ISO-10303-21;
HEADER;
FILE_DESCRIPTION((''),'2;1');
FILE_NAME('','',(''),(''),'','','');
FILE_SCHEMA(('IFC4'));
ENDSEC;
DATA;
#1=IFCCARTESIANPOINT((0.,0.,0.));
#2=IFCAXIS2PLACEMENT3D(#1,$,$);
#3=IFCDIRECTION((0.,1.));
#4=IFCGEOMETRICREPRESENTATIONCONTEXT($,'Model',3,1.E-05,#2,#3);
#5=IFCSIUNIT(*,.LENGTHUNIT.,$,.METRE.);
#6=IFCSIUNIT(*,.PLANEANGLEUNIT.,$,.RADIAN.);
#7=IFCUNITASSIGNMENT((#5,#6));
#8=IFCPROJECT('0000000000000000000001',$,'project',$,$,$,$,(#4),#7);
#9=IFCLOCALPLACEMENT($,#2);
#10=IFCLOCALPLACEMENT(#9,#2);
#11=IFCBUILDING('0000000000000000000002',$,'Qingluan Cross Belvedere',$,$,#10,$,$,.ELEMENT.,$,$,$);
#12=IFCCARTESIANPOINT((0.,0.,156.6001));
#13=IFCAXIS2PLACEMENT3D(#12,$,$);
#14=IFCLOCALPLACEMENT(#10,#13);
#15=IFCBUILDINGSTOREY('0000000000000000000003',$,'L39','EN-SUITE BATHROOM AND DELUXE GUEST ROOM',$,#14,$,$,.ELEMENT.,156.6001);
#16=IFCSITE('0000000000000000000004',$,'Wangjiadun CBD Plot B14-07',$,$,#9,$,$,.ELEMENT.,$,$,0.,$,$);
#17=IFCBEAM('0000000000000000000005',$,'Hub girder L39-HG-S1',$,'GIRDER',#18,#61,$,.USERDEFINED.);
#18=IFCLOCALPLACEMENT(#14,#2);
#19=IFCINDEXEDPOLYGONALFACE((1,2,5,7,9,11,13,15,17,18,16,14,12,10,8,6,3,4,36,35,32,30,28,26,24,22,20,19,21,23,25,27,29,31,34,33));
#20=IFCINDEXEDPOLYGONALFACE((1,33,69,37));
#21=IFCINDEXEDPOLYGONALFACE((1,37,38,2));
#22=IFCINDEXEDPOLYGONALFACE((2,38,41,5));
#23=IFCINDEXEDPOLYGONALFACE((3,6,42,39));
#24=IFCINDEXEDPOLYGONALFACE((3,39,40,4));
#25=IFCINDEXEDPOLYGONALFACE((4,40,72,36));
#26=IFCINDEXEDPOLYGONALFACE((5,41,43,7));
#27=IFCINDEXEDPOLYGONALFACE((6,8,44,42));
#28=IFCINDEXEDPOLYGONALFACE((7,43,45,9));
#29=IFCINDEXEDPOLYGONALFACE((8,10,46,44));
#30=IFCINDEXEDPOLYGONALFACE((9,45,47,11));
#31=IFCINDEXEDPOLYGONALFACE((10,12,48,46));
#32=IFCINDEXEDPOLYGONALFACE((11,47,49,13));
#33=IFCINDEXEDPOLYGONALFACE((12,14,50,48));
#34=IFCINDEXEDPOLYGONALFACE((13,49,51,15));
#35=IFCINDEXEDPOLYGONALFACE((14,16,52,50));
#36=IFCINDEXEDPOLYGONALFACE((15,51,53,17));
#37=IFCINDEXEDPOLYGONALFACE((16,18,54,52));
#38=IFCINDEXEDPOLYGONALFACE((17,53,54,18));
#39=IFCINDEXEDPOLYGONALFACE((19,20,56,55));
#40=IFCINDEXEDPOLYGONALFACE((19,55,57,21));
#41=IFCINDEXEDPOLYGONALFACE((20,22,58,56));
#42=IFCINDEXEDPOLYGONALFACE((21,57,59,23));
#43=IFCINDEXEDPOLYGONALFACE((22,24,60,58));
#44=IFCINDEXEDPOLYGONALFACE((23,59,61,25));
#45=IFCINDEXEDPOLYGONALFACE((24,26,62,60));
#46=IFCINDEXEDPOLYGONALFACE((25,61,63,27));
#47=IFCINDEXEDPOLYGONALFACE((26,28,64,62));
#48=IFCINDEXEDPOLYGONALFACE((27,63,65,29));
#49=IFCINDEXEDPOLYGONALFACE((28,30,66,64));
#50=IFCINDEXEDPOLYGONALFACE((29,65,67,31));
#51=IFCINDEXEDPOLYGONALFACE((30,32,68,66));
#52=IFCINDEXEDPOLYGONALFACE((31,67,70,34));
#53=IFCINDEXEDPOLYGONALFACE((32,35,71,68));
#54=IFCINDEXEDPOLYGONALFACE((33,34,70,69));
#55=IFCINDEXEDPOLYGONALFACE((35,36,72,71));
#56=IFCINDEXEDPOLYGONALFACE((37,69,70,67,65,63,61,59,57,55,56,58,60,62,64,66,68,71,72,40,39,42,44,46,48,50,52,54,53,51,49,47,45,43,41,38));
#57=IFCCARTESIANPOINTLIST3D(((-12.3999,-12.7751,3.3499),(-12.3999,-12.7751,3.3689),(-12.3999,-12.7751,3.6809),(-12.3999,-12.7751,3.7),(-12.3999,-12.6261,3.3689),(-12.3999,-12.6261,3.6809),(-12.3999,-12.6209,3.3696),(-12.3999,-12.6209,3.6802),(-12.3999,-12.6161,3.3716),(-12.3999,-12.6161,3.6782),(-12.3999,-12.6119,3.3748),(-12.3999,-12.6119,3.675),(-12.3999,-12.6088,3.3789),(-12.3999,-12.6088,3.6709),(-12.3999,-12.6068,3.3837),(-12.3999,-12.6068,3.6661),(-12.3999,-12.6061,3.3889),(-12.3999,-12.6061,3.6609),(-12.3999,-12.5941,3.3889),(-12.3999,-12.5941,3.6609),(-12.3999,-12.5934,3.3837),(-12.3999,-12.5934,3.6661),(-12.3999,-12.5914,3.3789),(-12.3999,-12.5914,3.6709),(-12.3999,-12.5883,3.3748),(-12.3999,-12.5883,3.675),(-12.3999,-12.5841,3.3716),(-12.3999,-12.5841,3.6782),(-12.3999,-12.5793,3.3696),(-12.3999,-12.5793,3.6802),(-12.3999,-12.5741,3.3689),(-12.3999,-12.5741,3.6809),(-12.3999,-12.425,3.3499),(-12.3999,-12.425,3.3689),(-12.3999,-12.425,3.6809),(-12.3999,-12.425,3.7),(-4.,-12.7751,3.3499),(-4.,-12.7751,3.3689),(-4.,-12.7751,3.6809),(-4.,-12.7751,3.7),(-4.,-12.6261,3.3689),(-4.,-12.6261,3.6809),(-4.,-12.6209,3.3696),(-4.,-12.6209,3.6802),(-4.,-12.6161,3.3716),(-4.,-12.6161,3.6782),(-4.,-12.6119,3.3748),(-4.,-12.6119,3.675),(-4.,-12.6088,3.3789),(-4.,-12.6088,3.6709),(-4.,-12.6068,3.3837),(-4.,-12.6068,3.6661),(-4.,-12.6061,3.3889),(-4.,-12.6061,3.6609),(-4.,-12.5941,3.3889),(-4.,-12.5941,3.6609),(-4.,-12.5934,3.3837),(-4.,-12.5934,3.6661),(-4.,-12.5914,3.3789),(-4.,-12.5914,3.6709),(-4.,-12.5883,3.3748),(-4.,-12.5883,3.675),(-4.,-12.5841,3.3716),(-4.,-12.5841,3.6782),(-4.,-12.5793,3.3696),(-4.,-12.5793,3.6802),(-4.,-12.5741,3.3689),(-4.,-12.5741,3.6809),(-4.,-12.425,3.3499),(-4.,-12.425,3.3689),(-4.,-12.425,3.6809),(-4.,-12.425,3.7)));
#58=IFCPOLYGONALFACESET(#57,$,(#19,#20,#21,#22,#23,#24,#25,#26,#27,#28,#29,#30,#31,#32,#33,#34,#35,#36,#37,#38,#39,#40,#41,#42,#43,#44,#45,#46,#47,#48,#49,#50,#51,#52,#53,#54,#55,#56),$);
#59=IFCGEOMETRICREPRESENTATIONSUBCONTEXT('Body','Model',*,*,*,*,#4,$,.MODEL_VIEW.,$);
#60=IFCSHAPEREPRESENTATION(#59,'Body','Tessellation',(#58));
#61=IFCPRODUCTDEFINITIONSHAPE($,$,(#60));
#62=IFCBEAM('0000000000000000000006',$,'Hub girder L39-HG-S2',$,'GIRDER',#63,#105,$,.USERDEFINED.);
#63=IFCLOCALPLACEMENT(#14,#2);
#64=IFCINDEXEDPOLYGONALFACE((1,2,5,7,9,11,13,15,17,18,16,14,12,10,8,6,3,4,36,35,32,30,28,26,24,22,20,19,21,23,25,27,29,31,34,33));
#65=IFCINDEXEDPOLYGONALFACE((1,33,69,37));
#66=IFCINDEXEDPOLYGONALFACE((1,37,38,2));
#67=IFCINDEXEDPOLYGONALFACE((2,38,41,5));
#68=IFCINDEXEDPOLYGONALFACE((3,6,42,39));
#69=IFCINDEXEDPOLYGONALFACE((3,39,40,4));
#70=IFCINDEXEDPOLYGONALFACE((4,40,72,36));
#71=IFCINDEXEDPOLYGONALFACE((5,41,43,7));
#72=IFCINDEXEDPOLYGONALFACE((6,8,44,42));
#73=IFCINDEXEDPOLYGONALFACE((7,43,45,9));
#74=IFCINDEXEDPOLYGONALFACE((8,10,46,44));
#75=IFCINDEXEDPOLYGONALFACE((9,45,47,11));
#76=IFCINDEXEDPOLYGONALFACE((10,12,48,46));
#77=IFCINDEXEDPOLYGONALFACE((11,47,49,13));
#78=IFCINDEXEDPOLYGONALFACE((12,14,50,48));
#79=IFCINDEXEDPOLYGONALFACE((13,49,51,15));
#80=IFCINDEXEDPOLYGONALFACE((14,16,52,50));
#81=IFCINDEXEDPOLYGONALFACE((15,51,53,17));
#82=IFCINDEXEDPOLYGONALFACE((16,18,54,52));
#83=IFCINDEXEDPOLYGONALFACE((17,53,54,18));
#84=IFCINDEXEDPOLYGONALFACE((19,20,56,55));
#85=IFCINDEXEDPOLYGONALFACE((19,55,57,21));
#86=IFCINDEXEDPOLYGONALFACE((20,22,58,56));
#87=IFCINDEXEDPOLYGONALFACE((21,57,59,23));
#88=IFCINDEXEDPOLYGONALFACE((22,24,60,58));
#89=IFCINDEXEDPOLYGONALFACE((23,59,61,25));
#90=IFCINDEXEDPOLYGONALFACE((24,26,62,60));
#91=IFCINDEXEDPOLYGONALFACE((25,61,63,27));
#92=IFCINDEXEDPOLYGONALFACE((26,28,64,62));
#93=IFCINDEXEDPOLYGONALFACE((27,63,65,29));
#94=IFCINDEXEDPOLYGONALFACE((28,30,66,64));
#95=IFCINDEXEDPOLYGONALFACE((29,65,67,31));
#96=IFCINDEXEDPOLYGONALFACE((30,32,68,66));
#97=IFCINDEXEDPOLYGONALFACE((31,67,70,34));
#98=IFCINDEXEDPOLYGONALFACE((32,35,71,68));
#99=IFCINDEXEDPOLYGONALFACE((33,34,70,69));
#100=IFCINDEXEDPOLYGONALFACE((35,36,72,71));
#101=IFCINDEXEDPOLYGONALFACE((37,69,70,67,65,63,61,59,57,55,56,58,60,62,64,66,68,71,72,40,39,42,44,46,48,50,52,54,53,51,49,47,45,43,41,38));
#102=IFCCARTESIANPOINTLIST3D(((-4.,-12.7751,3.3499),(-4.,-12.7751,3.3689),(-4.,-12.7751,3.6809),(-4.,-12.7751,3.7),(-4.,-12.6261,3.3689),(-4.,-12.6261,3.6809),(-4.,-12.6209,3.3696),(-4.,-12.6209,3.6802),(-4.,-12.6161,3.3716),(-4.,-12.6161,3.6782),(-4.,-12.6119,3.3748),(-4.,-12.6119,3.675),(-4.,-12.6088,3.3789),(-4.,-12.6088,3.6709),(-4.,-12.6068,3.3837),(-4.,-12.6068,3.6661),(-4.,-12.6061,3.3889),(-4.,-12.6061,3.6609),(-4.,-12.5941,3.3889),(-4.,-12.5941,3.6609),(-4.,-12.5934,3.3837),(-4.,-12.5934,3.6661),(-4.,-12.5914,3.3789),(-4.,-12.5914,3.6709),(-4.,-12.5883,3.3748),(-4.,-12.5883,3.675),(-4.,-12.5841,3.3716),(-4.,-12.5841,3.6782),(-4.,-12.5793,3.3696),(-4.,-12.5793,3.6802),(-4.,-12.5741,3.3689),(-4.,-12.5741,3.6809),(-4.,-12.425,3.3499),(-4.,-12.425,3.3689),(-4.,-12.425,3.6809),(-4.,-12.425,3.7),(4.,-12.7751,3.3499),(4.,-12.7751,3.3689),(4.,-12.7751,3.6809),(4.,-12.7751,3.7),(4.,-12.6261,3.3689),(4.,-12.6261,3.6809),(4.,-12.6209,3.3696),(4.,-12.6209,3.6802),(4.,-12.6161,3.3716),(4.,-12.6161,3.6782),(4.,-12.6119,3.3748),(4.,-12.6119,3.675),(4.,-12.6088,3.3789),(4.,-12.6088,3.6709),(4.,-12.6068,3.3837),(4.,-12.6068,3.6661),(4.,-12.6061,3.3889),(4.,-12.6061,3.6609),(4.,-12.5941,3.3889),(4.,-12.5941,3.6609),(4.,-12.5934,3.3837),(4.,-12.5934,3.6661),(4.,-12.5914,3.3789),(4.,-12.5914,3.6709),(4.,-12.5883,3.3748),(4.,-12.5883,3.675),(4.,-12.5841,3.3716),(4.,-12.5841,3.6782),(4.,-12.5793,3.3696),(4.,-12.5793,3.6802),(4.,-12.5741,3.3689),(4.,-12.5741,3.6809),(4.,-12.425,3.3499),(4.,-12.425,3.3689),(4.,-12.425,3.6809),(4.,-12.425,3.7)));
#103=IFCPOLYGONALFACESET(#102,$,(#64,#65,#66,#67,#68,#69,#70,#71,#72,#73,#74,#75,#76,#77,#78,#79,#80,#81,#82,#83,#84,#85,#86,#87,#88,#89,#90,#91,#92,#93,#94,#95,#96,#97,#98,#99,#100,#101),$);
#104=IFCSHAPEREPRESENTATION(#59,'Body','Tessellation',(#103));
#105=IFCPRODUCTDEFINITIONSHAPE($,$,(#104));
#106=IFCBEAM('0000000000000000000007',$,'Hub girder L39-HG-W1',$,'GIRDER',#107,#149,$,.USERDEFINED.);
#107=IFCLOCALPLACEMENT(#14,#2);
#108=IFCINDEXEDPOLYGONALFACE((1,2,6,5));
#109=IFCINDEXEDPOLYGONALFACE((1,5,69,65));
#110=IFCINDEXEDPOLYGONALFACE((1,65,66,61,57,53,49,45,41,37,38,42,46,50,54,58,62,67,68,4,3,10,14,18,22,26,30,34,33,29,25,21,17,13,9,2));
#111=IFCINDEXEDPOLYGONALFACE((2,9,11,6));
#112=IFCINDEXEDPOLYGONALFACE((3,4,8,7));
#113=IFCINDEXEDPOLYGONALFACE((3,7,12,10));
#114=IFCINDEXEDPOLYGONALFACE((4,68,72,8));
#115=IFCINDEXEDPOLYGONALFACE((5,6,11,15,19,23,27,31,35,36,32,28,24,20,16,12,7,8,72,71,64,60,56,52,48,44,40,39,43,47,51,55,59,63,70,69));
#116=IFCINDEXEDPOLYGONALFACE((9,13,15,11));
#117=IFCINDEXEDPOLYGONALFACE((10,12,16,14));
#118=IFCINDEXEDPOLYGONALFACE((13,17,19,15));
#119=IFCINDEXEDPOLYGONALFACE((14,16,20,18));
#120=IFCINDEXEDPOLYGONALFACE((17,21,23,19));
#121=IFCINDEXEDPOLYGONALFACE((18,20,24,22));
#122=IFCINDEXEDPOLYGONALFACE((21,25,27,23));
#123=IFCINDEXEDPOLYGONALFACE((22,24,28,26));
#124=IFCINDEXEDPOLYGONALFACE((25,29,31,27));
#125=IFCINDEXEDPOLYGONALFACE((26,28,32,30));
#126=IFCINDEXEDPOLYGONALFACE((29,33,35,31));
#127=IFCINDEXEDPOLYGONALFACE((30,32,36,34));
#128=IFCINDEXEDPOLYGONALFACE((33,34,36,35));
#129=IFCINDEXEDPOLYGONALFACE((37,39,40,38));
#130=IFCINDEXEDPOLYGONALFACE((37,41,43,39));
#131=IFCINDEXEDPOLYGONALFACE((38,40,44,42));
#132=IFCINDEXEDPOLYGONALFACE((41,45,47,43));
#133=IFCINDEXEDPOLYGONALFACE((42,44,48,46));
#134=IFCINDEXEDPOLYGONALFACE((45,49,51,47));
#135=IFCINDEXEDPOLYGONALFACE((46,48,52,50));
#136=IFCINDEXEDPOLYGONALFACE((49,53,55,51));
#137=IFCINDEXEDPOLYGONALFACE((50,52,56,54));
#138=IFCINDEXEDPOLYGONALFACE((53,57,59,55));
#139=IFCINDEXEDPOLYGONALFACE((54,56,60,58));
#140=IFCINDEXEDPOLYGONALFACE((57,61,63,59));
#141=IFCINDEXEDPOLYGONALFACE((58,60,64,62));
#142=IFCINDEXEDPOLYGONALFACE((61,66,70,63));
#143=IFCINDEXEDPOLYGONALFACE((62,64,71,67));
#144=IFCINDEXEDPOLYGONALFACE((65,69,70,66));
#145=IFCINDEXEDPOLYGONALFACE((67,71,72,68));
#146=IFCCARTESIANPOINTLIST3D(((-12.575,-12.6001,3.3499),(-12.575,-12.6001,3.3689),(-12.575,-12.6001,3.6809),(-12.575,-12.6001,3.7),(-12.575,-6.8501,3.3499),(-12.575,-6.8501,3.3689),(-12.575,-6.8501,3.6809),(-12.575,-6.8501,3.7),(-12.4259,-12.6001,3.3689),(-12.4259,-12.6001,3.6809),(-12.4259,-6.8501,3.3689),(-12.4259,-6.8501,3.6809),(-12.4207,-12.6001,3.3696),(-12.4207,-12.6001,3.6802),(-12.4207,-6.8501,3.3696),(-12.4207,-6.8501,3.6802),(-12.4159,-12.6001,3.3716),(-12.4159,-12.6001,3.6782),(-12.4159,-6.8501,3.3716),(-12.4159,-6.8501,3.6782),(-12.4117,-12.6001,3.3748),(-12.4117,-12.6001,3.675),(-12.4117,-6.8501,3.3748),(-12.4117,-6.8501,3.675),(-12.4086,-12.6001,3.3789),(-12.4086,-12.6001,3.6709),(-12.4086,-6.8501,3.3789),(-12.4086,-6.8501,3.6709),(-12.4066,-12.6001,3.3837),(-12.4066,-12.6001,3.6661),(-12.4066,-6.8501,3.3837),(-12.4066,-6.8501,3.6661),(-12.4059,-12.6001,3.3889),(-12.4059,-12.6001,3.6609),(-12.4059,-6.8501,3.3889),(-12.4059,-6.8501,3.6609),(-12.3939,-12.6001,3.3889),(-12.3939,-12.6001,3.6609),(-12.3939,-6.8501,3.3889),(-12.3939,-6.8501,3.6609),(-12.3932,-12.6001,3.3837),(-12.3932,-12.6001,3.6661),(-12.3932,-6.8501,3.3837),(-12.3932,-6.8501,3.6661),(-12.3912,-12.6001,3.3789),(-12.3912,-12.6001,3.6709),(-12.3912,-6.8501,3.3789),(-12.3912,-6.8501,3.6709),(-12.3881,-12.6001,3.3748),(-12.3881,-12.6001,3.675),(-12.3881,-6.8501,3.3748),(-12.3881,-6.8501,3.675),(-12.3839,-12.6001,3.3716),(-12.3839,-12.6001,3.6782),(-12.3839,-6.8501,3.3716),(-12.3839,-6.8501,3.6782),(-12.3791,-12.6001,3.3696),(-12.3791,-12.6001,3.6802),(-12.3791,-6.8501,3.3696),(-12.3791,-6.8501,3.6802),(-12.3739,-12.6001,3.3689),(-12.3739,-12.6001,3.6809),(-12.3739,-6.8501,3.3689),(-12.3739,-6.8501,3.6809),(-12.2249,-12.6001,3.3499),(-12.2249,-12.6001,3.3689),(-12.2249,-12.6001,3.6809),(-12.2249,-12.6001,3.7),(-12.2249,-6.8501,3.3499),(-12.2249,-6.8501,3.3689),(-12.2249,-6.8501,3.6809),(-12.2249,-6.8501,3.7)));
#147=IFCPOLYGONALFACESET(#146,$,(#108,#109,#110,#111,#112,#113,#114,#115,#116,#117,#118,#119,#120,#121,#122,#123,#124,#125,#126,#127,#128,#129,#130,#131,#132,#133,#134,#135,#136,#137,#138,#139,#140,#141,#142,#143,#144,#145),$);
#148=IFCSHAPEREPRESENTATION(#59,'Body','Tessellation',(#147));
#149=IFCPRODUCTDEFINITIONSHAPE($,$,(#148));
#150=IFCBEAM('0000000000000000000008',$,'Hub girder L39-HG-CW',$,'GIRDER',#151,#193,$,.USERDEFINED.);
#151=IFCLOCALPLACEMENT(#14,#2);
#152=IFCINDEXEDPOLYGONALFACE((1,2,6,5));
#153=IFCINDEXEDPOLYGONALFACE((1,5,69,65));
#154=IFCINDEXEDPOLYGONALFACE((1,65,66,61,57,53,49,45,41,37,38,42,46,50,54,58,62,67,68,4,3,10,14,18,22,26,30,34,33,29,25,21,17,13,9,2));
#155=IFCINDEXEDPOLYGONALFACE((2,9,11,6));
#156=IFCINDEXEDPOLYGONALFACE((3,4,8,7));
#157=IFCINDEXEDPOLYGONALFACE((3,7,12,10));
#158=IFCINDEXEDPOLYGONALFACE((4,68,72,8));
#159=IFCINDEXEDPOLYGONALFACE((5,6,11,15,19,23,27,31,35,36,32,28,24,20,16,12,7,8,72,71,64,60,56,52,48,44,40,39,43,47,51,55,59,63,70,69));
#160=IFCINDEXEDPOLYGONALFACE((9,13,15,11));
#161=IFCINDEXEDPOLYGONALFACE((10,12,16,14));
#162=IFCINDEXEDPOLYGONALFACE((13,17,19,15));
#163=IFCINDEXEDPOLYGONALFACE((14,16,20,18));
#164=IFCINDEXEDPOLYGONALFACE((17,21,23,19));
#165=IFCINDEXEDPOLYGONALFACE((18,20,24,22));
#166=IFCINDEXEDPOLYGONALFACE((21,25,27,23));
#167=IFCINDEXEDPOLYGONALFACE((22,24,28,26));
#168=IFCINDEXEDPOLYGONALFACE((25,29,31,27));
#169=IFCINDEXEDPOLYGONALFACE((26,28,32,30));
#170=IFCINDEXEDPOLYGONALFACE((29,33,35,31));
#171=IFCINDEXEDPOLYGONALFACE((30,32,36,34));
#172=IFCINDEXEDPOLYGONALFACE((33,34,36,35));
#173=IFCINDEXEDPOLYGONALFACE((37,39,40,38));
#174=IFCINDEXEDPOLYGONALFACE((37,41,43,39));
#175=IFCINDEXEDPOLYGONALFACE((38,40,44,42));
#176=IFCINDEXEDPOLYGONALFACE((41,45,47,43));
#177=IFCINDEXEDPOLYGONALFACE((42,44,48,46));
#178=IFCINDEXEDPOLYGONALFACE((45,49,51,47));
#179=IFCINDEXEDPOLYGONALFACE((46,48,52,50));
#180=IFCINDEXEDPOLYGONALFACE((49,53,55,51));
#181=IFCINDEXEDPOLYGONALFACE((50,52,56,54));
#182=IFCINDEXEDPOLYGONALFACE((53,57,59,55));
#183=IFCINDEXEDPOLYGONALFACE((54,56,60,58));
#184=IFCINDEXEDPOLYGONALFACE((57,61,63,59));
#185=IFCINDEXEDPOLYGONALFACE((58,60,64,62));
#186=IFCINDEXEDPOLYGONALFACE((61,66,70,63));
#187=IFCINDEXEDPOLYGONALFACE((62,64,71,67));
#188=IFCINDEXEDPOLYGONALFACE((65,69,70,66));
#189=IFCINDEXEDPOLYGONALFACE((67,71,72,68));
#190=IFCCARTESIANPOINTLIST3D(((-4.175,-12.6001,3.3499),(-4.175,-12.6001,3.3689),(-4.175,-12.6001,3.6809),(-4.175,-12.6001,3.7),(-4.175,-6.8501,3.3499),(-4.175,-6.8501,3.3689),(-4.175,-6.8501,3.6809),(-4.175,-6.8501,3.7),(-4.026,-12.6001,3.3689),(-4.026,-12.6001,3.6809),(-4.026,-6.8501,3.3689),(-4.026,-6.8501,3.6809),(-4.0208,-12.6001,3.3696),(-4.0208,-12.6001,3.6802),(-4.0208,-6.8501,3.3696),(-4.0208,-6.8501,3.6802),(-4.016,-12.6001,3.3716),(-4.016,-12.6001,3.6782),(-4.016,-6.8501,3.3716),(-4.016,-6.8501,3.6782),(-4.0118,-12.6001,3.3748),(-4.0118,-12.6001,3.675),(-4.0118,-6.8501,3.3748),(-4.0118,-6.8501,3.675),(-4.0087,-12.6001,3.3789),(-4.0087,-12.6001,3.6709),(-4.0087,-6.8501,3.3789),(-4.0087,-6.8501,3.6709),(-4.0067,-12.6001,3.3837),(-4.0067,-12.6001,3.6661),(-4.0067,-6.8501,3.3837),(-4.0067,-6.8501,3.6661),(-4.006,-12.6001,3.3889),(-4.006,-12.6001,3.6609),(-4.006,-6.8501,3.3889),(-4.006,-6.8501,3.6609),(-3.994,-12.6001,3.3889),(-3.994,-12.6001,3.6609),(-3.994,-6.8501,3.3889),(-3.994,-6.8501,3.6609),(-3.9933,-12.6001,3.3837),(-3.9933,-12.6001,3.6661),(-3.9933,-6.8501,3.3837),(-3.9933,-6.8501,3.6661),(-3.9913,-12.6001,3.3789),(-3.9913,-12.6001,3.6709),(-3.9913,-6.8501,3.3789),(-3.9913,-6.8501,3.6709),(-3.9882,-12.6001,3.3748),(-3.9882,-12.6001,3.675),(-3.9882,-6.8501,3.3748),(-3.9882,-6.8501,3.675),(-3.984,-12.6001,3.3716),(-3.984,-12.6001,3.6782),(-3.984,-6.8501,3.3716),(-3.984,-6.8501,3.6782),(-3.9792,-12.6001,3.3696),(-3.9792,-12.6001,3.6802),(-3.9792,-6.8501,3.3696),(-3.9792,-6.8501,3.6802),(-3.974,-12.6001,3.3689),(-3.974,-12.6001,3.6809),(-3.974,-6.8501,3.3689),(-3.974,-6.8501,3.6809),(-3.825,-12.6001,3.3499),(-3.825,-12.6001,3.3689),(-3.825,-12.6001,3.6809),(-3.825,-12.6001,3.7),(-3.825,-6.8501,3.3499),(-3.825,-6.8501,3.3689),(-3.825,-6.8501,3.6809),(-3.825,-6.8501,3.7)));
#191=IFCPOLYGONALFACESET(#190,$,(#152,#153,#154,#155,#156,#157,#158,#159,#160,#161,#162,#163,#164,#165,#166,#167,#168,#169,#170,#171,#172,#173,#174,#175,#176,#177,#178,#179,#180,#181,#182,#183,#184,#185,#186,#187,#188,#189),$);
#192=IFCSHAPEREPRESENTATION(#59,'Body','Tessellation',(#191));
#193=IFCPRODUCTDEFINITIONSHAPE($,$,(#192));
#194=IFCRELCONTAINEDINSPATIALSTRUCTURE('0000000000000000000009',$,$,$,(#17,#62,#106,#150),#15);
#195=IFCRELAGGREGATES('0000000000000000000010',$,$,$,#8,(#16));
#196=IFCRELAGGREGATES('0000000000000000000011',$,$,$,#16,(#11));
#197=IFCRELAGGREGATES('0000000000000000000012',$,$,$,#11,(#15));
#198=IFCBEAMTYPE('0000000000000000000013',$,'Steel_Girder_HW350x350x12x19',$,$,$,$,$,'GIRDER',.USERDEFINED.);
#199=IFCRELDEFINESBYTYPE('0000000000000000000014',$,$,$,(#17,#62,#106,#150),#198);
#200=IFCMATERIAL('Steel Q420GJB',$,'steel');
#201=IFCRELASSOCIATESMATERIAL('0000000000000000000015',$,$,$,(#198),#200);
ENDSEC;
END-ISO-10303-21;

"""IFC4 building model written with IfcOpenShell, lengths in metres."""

from ifc_helpers import new_model, si_unit, direction, frame, origin, origin_2d, place, context, subcontext, project, spatial, i_section, extrude, material, material_profile, profile_set, type_object, element, save


model = new_model("IFC4")

# Units and contexts
model_context = context("Model", 3, precision=1e-05, world=origin(), true_north=direction((0.0, 1.0)))
body_context = subcontext(model_context, "Body", "Model", "MODEL_VIEW")
ifc_project = project(units=[si_unit("LENGTHUNIT", "METRE"), si_unit("PLANEANGLEUNIT", "RADIAN")], contexts=[model_context])

# Site, building, storey
site_placement = place(None, origin())
site = spatial("IfcSite", under=ifc_project, at=site_placement, Name="Wangjiadun CBD Plot B14-07", CompositionType="ELEMENT", RefElevation=0.0)
building_placement = place(site_placement, origin())
building = spatial("IfcBuilding", under=site, at=building_placement, Name="Qingluan Cross Belvedere", CompositionType="ELEMENT")
storey_placement = place(building_placement, frame((0.0, 0.0, 156.6001)))
storey = spatial("IfcBuildingStorey", under=building, at=storey_placement, Name="L39", Description="EN-SUITE BATHROOM AND DELUXE GUEST ROOM", CompositionType="ELEMENT", Elevation=156.6001)

# Beams
ifc_material_1 = material(Name="Steel Q420GJB", Category="steel")
ifc_material_profile_1 = material_profile(ifc_material_1, i_section(OverallWidth=0.3501, OverallDepth=0.3501, WebThickness=0.012, FlangeThickness=0.019, FilletRadius=0.02, at=origin_2d()), Name="HW350x350x12x19")
ifc_profile_set_1 = profile_set([ifc_material_profile_1], Name="Steel Q420GJB")
beam_type_1 = type_object("IfcBeamType", Name="Steel_Girder_HW350x350x12x19", ElementType="GIRDER", PredefinedType="USERDEFINED", material=ifc_profile_set_1)
beam_1_placement = place(storey_placement, frame((-12.3999, -12.6001, 3.5249), z_axis=(1.0, 0.0, 0.0), x_axis=(0.0, 1.0, 0.0)))
element("IfcBeam", 1, at=beam_1_placement, inside=storey, type_object=beam_type_1, Name="Hub girder L39-HG-S1", ObjectType="GIRDER", PredefinedType="USERDEFINED", context=body_context, shape_type="SweptSolid", body=[
    extrude(i_section(OverallWidth=0.3501, OverallDepth=0.3501, WebThickness=0.012, FlangeThickness=0.019, FilletRadius=0.02, at=origin_2d()), origin(), (0.0, 0.0, 1.0), 8.3999),
])
beam_2_placement = place(storey_placement, frame((-4.0, -12.6001, 3.5249), z_axis=(1.0, 0.0, 0.0), x_axis=(0.0, 1.0, 0.0)))
element("IfcBeam", 2, at=beam_2_placement, inside=storey, type_object=beam_type_1, Name="Hub girder L39-HG-S2", ObjectType="GIRDER", PredefinedType="USERDEFINED", context=body_context, shape_type="SweptSolid", body=[
    extrude(i_section(OverallWidth=0.3501, OverallDepth=0.3501, WebThickness=0.012, FlangeThickness=0.019, FilletRadius=0.02, at=origin_2d()), origin(), (0.0, 0.0, 1.0), 8.0),
])
for number, where, z_axis, x_axis, name in (
    (3, (-12.3999, -12.6001, 3.5249), (0.0, 1.0, 0.0), (-1.0, 0.0, 0.0), "Hub girder L39-HG-W1"),
    (4, (-4.0, -12.6001, 3.5249), (0.0, 1.0, 0.0), (-1.0, 0.0, 0.0), "Hub girder L39-HG-CW"),
):
    element("IfcBeam", number, at=place(storey_placement, frame(where, z_axis=z_axis, x_axis=x_axis)), inside=storey, type_object=beam_type_1, Name=name, ObjectType="GIRDER", PredefinedType="USERDEFINED", context=body_context, shape_type="SweptSolid", body=[
        extrude(i_section(OverallWidth=0.3501, OverallDepth=0.3501, WebThickness=0.012, FlangeThickness=0.019, FilletRadius=0.02, at=origin_2d()), origin(), (0.0, 0.0, 1.0), 5.75),
    ])

save(model, "model.ifc")
